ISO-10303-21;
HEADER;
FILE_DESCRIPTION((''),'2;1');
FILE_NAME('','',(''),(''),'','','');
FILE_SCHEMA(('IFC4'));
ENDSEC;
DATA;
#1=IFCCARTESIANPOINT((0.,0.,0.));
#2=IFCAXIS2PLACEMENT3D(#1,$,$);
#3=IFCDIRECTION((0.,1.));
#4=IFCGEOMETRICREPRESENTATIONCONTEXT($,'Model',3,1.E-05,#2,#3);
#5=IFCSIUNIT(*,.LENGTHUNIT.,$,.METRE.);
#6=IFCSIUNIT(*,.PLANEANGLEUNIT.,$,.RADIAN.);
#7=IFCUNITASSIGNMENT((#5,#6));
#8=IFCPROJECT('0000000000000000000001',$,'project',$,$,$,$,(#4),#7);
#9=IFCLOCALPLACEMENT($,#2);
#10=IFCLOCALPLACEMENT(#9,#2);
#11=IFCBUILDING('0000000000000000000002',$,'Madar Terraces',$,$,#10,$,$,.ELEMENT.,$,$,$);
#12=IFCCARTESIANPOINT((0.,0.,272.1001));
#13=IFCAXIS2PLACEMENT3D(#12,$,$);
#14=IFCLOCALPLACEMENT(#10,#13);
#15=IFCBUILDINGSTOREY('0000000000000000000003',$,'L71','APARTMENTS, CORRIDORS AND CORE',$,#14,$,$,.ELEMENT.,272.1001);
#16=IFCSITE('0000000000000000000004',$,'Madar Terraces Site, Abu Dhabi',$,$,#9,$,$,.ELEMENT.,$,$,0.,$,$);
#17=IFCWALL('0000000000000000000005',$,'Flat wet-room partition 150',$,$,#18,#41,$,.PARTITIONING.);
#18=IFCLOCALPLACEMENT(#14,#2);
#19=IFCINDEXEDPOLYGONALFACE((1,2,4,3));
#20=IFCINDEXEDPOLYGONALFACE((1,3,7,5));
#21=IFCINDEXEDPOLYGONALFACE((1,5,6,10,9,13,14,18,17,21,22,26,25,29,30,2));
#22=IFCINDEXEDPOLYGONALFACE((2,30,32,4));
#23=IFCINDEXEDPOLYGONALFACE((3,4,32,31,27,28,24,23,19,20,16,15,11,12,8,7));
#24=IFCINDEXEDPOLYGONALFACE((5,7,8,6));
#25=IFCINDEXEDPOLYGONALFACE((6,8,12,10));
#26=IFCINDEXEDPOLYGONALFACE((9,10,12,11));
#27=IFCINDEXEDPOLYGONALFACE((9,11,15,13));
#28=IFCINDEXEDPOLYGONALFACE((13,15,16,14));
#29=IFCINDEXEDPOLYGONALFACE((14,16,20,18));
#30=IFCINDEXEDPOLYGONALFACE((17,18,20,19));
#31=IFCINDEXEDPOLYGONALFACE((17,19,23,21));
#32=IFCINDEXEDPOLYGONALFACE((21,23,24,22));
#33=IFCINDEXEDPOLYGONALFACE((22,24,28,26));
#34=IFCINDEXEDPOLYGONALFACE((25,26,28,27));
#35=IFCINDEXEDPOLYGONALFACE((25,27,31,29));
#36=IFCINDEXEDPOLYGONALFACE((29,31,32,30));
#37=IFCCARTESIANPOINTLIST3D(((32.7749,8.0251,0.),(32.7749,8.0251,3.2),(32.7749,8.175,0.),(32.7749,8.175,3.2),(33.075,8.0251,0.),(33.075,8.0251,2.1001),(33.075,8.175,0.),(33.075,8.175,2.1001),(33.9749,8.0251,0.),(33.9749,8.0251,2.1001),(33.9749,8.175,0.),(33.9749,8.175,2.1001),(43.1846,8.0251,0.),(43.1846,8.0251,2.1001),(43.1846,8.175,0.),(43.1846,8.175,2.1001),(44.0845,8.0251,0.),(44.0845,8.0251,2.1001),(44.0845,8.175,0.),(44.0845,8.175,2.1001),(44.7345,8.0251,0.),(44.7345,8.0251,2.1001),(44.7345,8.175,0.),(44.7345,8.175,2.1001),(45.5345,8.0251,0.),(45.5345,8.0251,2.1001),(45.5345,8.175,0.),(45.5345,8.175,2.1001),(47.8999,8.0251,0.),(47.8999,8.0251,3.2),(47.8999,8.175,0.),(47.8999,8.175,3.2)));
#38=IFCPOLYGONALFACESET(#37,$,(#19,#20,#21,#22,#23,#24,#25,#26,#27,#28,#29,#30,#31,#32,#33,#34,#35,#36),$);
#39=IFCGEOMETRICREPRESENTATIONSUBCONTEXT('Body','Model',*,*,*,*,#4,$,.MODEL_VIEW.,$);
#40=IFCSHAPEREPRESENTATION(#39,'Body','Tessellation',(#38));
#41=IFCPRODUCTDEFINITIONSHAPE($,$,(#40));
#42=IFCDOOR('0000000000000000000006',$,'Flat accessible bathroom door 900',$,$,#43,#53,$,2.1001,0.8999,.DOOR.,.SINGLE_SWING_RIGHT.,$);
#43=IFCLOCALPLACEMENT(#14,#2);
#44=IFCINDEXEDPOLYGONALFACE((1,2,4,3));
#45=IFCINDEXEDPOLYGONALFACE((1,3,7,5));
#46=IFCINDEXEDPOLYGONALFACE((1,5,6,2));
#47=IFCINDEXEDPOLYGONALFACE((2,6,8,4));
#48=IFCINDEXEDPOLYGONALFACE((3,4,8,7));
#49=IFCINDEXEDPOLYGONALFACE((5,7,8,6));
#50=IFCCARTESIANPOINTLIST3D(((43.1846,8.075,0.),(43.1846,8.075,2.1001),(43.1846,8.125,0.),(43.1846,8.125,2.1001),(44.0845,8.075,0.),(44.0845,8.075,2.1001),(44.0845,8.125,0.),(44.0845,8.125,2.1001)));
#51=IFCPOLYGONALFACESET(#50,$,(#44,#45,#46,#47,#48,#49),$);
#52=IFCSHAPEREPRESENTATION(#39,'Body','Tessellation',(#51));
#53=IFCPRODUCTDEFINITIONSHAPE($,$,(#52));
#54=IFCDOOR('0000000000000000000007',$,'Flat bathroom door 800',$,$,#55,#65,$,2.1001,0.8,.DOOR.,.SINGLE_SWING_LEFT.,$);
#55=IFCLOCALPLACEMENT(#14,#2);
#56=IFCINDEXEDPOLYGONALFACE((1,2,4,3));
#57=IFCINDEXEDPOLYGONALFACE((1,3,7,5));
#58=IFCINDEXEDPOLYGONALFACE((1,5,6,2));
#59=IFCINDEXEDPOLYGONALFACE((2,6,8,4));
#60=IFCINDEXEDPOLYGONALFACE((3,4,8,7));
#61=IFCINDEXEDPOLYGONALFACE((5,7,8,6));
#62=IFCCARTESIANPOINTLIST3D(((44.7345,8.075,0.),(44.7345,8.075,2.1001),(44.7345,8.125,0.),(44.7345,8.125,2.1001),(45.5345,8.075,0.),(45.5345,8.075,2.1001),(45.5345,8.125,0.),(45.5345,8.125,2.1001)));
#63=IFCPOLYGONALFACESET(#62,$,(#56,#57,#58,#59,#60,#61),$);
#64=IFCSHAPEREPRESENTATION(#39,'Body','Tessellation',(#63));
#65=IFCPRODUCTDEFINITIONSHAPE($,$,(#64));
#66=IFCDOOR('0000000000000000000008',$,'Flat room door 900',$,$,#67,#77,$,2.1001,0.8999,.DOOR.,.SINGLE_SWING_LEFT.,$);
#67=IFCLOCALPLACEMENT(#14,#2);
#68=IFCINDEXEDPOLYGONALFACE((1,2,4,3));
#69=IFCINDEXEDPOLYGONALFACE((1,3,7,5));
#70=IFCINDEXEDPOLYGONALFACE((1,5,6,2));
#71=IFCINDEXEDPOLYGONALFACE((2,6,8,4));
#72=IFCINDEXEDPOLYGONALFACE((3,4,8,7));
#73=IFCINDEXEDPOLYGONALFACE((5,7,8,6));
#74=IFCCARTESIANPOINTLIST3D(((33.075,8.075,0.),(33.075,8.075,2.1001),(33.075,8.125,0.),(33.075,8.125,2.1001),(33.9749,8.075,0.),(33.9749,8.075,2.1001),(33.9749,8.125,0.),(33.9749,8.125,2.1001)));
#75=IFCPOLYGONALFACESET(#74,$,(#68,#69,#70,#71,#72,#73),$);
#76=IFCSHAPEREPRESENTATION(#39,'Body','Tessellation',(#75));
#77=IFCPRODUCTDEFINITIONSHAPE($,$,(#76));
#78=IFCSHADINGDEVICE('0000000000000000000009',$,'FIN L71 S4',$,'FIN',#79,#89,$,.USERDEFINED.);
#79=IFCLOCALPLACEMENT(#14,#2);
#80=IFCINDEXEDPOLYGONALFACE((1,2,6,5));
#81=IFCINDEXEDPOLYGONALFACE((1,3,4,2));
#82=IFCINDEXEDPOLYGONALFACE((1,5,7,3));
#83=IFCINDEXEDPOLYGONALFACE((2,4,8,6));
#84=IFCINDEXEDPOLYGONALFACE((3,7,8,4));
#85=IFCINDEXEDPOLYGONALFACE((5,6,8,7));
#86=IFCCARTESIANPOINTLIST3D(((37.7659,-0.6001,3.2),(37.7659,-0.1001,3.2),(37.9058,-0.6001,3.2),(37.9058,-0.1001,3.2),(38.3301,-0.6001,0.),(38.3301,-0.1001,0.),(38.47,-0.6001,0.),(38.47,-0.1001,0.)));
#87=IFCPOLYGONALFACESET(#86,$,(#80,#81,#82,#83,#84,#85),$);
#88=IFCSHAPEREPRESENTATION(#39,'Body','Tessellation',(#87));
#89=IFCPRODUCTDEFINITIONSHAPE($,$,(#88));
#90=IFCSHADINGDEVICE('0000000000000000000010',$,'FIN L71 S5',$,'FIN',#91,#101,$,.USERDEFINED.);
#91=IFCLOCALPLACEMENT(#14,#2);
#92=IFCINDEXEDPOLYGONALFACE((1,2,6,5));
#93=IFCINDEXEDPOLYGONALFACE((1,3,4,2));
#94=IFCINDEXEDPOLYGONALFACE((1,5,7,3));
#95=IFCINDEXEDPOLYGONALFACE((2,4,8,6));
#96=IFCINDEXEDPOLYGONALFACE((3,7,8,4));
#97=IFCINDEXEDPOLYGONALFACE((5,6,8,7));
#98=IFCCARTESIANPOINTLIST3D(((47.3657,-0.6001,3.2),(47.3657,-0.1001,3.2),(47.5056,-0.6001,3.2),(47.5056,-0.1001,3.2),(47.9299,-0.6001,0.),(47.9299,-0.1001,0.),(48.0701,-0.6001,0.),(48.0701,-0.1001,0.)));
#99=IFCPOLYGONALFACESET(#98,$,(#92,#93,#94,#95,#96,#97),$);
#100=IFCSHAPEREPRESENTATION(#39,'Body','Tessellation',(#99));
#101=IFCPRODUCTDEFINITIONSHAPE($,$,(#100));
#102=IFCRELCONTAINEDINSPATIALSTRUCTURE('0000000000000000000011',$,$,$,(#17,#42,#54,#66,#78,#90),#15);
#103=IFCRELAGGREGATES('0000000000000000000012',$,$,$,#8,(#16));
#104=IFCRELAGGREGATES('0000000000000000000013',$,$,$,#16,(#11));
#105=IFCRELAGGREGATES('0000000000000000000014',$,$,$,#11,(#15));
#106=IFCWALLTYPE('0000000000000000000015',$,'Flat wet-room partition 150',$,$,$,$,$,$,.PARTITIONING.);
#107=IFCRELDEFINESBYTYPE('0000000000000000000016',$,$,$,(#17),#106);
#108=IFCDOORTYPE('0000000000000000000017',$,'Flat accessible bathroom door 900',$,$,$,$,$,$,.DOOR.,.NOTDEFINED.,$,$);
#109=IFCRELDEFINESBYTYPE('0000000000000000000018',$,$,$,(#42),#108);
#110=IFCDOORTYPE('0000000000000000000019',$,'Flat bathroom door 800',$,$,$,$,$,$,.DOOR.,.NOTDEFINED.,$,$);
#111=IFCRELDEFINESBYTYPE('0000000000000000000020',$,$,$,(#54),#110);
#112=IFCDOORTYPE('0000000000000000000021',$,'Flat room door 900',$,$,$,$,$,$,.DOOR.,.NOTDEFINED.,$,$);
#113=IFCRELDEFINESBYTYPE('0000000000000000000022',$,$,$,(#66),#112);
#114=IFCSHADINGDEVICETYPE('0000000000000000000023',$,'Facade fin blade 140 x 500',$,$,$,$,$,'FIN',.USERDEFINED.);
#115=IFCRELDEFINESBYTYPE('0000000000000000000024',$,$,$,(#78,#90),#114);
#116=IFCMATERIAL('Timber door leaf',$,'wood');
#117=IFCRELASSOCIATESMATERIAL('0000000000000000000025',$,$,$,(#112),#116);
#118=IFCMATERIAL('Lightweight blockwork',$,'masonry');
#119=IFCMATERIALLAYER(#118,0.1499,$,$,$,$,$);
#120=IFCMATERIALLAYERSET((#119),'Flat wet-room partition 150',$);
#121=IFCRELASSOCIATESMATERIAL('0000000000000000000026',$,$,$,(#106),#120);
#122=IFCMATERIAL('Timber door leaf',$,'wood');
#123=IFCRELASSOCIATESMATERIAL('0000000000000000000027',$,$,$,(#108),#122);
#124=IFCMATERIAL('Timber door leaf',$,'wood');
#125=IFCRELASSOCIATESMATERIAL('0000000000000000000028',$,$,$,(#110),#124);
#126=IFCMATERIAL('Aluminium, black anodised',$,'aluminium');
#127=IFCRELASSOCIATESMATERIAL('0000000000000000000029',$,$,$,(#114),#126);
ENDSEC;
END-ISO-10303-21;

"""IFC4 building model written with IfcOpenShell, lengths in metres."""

from ifc_helpers import new_model, si_unit, direction, frame, frame_2d, origin, place, context, subcontext, project, spatial, polyline, rectangle, outline, extrude, material, layer, layer_set, type_object, element, fill, save


model = new_model("IFC4")

# Units and contexts
model_context = context("Model", 3, precision=1e-05, world=origin(), true_north=direction((0.0, 1.0)))
body_context = subcontext(model_context, "Body", "Model", "MODEL_VIEW")
ifc_project = project(units=[si_unit("LENGTHUNIT", "METRE"), si_unit("PLANEANGLEUNIT", "RADIAN")], contexts=[model_context])

# Site, building, storey
site_placement = place(None, origin())
site = spatial("IfcSite", under=ifc_project, at=site_placement, Name="Madar Terraces Site, Abu Dhabi", CompositionType="ELEMENT", RefElevation=0.0)
building_placement = place(site_placement, origin())
building = spatial("IfcBuilding", under=site, at=building_placement, Name="Madar Terraces", CompositionType="ELEMENT")
storey_placement = place(building_placement, frame((0.0, 0.0, 272.1001)))
storey = spatial("IfcBuildingStorey", under=building, at=storey_placement, Name="L71", Description="APARTMENTS, CORRIDORS AND CORE", CompositionType="ELEMENT", Elevation=272.1001)

# Shared definitions
ifc_material_1 = material(Name="Timber door leaf", Category="wood")
door_type_1 = type_object("IfcDoorType", Name="Flat room door 900", OperationType="NOTDEFINED", PredefinedType="DOOR", material=ifc_material_1)

# Shared definitions
ifc_material_2 = material(Name="Lightweight blockwork", Category="masonry")
ifc_layer_1 = layer(ifc_material_2, 0.1499)
ifc_layer_set_1 = layer_set([ifc_layer_1], Name="Flat wet-room partition 150")
wall_type_1 = type_object("IfcWallType", Name="Flat wet-room partition 150", PredefinedType="PARTITIONING", material=ifc_layer_set_1)

# Wall, openings, doors
wall_1_placement = place(storey_placement, frame((32.7749, 8.1001, 0.0), z_axis=(0.0, 0.0, 1.0), x_axis=(1.0, 0.0, 0.0)))
wall_1 = element("IfcWall", 1, at=wall_1_placement, inside=storey, type_object=wall_type_1, Name="Flat wet-room partition 150", PredefinedType="PARTITIONING", context=body_context, shape_type="SweptSolid", body=[
    extrude(rectangle(XDim=15.125, YDim=0.1499, at=frame_2d((7.5625, 0.0))), origin(), (0.0, 0.0, 1.0), 3.2),
])
opening_1_placement = place(wall_1_placement, frame((0.3, 0.0, 0.0)))
opening_1 = element("IfcOpeningElement", 2, at=opening_1_placement, cuts=wall_1, PredefinedType="OPENING", context=body_context, shape_type="SweptSolid", body=[
    extrude(rectangle(XDim=0.8999, YDim=2.1001, at=frame_2d((0.45, 1.05))), frame((0.0, 0.085, 0.0), z_axis=(0.0, -1.0, 0.0), x_axis=(1.0, 0.0, 0.0)), (0.0, 0.0, 1.0), 0.1699),
])
opening_2_placement = place(wall_1_placement, frame((10.4097, 0.0, 0.0)))
opening_2 = element("IfcOpeningElement", 3, at=opening_2_placement, cuts=wall_1, PredefinedType="OPENING", context=body_context, shape_type="SweptSolid", body=[
    extrude(rectangle(XDim=0.8999, YDim=2.1001, at=frame_2d((0.45, 1.05))), frame((0.0, 0.085, 0.0), z_axis=(0.0, -1.0, 0.0), x_axis=(1.0, 0.0, 0.0)), (0.0, 0.0, 1.0), 0.1699),
])
opening_3_placement = place(wall_1_placement, frame((11.9597, 0.0, 0.0)))
opening_3 = element("IfcOpeningElement", 4, at=opening_3_placement, cuts=wall_1, PredefinedType="OPENING", context=body_context, shape_type="SweptSolid", body=[
    extrude(rectangle(XDim=0.8, YDim=2.1001, at=frame_2d((0.3999, 1.05))), frame((0.0, 0.085, 0.0), z_axis=(0.0, -1.0, 0.0), x_axis=(1.0, 0.0, 0.0)), (0.0, 0.0, 1.0), 0.1699),
])
ifc_material_3 = material(Name="Timber door leaf", Category="wood")
door_type_2 = type_object("IfcDoorType", Name="Flat accessible bathroom door 900", OperationType="NOTDEFINED", PredefinedType="DOOR", material=ifc_material_3)
door_1_placement = place(opening_2_placement, origin())
door_1 = element("IfcDoor", 5, at=door_1_placement, inside=storey, type_object=door_type_2, Name="Flat accessible bathroom door 900", OperationType="SINGLE_SWING_RIGHT", OverallHeight=2.1001, OverallWidth=0.8999, PredefinedType="DOOR", context=body_context, shape_type="SweptSolid", body=[
    extrude(rectangle(XDim=0.8999, YDim=2.1001, at=frame_2d((0.45, 1.05))), frame((0.0, 0.0249, 0.0), z_axis=(0.0, -1.0, 0.0), x_axis=(1.0, 0.0, 0.0)), (0.0, 0.0, 1.0), 0.05),
])
fill(opening_2, door_1)
ifc_material_4 = material(Name="Timber door leaf", Category="wood")
door_type_3 = type_object("IfcDoorType", Name="Flat bathroom door 800", OperationType="NOTDEFINED", PredefinedType="DOOR", material=ifc_material_4)
door_2_placement = place(opening_3_placement, origin())
door_2 = element("IfcDoor", 6, at=door_2_placement, inside=storey, type_object=door_type_3, Name="Flat bathroom door 800", OperationType="SINGLE_SWING_LEFT", OverallHeight=2.1001, OverallWidth=0.8, PredefinedType="DOOR", context=body_context, shape_type="SweptSolid", body=[
    extrude(rectangle(XDim=0.8, YDim=2.1001, at=frame_2d((0.3999, 1.05))), frame((0.0, 0.0249, 0.0), z_axis=(0.0, -1.0, 0.0), x_axis=(1.0, 0.0, 0.0)), (0.0, 0.0, 1.0), 0.05),
])
fill(opening_3, door_2)
door_3_placement = place(opening_1_placement, origin())
door_3 = element("IfcDoor", 7, at=door_3_placement, inside=storey, type_object=door_type_1, Name="Flat room door 900", OperationType="SINGLE_SWING_LEFT", OverallHeight=2.1001, OverallWidth=0.8999, PredefinedType="DOOR", context=body_context, shape_type="SweptSolid", body=[
    extrude(rectangle(XDim=0.8999, YDim=2.1001, at=frame_2d((0.45, 1.05))), frame((0.0, 0.0249, 0.0), z_axis=(0.0, -1.0, 0.0), x_axis=(1.0, 0.0, 0.0)), (0.0, 0.0, 1.0), 0.05),
])
fill(opening_1, door_3)

# Shading devices
ifc_material_5 = material(Name="Aluminium, black anodised", Category="aluminium")
shading_device_type = type_object("IfcShadingDeviceType", Name="Facade fin blade 140 x 500", ElementType="FIN", PredefinedType="USERDEFINED", material=ifc_material_5)
shading_device_1_placement = place(storey_placement, frame((38.3301, -0.3501, 0.0), z_axis=(0.0, 0.0, 1.0), x_axis=(1.0, 0.0, 0.0)))
element("IfcShadingDevice", 8, at=shading_device_1_placement, inside=storey, type_object=shading_device_type, Name="FIN L71 S4", ObjectType="FIN", PredefinedType="USERDEFINED", context=body_context, shape_type="SweptSolid", body=[
    extrude(outline(polyline([(0.0, 0.0), (0.1399, 0.0), (-0.4243, 3.2), (-0.5642, 3.2), (0.0, 0.0)])), frame((0.0, 0.25, 0.0), z_axis=(0.0, -1.0, 0.0), x_axis=(1.0, 0.0, 0.0)), (0.0, 0.0, 1.0), 0.5),
])
shading_device_2_placement = place(storey_placement, frame((47.9299, -0.3501, 0.0), z_axis=(0.0, 0.0, 1.0), x_axis=(1.0, 0.0, 0.0)))
element("IfcShadingDevice", 9, at=shading_device_2_placement, inside=storey, type_object=shading_device_type, Name="FIN L71 S5", ObjectType="FIN", PredefinedType="USERDEFINED", context=body_context, shape_type="SweptSolid", body=[
    extrude(outline(polyline([(0.0, 0.0), (0.1401, 0.0), (-0.4243, 3.2), (-0.5642, 3.2), (0.0, 0.0)])), frame((0.0, 0.25, 0.0), z_axis=(0.0, -1.0, 0.0), x_axis=(1.0, 0.0, 0.0)), (0.0, 0.0, 1.0), 0.5),
])

save(model, "model.ifc")
